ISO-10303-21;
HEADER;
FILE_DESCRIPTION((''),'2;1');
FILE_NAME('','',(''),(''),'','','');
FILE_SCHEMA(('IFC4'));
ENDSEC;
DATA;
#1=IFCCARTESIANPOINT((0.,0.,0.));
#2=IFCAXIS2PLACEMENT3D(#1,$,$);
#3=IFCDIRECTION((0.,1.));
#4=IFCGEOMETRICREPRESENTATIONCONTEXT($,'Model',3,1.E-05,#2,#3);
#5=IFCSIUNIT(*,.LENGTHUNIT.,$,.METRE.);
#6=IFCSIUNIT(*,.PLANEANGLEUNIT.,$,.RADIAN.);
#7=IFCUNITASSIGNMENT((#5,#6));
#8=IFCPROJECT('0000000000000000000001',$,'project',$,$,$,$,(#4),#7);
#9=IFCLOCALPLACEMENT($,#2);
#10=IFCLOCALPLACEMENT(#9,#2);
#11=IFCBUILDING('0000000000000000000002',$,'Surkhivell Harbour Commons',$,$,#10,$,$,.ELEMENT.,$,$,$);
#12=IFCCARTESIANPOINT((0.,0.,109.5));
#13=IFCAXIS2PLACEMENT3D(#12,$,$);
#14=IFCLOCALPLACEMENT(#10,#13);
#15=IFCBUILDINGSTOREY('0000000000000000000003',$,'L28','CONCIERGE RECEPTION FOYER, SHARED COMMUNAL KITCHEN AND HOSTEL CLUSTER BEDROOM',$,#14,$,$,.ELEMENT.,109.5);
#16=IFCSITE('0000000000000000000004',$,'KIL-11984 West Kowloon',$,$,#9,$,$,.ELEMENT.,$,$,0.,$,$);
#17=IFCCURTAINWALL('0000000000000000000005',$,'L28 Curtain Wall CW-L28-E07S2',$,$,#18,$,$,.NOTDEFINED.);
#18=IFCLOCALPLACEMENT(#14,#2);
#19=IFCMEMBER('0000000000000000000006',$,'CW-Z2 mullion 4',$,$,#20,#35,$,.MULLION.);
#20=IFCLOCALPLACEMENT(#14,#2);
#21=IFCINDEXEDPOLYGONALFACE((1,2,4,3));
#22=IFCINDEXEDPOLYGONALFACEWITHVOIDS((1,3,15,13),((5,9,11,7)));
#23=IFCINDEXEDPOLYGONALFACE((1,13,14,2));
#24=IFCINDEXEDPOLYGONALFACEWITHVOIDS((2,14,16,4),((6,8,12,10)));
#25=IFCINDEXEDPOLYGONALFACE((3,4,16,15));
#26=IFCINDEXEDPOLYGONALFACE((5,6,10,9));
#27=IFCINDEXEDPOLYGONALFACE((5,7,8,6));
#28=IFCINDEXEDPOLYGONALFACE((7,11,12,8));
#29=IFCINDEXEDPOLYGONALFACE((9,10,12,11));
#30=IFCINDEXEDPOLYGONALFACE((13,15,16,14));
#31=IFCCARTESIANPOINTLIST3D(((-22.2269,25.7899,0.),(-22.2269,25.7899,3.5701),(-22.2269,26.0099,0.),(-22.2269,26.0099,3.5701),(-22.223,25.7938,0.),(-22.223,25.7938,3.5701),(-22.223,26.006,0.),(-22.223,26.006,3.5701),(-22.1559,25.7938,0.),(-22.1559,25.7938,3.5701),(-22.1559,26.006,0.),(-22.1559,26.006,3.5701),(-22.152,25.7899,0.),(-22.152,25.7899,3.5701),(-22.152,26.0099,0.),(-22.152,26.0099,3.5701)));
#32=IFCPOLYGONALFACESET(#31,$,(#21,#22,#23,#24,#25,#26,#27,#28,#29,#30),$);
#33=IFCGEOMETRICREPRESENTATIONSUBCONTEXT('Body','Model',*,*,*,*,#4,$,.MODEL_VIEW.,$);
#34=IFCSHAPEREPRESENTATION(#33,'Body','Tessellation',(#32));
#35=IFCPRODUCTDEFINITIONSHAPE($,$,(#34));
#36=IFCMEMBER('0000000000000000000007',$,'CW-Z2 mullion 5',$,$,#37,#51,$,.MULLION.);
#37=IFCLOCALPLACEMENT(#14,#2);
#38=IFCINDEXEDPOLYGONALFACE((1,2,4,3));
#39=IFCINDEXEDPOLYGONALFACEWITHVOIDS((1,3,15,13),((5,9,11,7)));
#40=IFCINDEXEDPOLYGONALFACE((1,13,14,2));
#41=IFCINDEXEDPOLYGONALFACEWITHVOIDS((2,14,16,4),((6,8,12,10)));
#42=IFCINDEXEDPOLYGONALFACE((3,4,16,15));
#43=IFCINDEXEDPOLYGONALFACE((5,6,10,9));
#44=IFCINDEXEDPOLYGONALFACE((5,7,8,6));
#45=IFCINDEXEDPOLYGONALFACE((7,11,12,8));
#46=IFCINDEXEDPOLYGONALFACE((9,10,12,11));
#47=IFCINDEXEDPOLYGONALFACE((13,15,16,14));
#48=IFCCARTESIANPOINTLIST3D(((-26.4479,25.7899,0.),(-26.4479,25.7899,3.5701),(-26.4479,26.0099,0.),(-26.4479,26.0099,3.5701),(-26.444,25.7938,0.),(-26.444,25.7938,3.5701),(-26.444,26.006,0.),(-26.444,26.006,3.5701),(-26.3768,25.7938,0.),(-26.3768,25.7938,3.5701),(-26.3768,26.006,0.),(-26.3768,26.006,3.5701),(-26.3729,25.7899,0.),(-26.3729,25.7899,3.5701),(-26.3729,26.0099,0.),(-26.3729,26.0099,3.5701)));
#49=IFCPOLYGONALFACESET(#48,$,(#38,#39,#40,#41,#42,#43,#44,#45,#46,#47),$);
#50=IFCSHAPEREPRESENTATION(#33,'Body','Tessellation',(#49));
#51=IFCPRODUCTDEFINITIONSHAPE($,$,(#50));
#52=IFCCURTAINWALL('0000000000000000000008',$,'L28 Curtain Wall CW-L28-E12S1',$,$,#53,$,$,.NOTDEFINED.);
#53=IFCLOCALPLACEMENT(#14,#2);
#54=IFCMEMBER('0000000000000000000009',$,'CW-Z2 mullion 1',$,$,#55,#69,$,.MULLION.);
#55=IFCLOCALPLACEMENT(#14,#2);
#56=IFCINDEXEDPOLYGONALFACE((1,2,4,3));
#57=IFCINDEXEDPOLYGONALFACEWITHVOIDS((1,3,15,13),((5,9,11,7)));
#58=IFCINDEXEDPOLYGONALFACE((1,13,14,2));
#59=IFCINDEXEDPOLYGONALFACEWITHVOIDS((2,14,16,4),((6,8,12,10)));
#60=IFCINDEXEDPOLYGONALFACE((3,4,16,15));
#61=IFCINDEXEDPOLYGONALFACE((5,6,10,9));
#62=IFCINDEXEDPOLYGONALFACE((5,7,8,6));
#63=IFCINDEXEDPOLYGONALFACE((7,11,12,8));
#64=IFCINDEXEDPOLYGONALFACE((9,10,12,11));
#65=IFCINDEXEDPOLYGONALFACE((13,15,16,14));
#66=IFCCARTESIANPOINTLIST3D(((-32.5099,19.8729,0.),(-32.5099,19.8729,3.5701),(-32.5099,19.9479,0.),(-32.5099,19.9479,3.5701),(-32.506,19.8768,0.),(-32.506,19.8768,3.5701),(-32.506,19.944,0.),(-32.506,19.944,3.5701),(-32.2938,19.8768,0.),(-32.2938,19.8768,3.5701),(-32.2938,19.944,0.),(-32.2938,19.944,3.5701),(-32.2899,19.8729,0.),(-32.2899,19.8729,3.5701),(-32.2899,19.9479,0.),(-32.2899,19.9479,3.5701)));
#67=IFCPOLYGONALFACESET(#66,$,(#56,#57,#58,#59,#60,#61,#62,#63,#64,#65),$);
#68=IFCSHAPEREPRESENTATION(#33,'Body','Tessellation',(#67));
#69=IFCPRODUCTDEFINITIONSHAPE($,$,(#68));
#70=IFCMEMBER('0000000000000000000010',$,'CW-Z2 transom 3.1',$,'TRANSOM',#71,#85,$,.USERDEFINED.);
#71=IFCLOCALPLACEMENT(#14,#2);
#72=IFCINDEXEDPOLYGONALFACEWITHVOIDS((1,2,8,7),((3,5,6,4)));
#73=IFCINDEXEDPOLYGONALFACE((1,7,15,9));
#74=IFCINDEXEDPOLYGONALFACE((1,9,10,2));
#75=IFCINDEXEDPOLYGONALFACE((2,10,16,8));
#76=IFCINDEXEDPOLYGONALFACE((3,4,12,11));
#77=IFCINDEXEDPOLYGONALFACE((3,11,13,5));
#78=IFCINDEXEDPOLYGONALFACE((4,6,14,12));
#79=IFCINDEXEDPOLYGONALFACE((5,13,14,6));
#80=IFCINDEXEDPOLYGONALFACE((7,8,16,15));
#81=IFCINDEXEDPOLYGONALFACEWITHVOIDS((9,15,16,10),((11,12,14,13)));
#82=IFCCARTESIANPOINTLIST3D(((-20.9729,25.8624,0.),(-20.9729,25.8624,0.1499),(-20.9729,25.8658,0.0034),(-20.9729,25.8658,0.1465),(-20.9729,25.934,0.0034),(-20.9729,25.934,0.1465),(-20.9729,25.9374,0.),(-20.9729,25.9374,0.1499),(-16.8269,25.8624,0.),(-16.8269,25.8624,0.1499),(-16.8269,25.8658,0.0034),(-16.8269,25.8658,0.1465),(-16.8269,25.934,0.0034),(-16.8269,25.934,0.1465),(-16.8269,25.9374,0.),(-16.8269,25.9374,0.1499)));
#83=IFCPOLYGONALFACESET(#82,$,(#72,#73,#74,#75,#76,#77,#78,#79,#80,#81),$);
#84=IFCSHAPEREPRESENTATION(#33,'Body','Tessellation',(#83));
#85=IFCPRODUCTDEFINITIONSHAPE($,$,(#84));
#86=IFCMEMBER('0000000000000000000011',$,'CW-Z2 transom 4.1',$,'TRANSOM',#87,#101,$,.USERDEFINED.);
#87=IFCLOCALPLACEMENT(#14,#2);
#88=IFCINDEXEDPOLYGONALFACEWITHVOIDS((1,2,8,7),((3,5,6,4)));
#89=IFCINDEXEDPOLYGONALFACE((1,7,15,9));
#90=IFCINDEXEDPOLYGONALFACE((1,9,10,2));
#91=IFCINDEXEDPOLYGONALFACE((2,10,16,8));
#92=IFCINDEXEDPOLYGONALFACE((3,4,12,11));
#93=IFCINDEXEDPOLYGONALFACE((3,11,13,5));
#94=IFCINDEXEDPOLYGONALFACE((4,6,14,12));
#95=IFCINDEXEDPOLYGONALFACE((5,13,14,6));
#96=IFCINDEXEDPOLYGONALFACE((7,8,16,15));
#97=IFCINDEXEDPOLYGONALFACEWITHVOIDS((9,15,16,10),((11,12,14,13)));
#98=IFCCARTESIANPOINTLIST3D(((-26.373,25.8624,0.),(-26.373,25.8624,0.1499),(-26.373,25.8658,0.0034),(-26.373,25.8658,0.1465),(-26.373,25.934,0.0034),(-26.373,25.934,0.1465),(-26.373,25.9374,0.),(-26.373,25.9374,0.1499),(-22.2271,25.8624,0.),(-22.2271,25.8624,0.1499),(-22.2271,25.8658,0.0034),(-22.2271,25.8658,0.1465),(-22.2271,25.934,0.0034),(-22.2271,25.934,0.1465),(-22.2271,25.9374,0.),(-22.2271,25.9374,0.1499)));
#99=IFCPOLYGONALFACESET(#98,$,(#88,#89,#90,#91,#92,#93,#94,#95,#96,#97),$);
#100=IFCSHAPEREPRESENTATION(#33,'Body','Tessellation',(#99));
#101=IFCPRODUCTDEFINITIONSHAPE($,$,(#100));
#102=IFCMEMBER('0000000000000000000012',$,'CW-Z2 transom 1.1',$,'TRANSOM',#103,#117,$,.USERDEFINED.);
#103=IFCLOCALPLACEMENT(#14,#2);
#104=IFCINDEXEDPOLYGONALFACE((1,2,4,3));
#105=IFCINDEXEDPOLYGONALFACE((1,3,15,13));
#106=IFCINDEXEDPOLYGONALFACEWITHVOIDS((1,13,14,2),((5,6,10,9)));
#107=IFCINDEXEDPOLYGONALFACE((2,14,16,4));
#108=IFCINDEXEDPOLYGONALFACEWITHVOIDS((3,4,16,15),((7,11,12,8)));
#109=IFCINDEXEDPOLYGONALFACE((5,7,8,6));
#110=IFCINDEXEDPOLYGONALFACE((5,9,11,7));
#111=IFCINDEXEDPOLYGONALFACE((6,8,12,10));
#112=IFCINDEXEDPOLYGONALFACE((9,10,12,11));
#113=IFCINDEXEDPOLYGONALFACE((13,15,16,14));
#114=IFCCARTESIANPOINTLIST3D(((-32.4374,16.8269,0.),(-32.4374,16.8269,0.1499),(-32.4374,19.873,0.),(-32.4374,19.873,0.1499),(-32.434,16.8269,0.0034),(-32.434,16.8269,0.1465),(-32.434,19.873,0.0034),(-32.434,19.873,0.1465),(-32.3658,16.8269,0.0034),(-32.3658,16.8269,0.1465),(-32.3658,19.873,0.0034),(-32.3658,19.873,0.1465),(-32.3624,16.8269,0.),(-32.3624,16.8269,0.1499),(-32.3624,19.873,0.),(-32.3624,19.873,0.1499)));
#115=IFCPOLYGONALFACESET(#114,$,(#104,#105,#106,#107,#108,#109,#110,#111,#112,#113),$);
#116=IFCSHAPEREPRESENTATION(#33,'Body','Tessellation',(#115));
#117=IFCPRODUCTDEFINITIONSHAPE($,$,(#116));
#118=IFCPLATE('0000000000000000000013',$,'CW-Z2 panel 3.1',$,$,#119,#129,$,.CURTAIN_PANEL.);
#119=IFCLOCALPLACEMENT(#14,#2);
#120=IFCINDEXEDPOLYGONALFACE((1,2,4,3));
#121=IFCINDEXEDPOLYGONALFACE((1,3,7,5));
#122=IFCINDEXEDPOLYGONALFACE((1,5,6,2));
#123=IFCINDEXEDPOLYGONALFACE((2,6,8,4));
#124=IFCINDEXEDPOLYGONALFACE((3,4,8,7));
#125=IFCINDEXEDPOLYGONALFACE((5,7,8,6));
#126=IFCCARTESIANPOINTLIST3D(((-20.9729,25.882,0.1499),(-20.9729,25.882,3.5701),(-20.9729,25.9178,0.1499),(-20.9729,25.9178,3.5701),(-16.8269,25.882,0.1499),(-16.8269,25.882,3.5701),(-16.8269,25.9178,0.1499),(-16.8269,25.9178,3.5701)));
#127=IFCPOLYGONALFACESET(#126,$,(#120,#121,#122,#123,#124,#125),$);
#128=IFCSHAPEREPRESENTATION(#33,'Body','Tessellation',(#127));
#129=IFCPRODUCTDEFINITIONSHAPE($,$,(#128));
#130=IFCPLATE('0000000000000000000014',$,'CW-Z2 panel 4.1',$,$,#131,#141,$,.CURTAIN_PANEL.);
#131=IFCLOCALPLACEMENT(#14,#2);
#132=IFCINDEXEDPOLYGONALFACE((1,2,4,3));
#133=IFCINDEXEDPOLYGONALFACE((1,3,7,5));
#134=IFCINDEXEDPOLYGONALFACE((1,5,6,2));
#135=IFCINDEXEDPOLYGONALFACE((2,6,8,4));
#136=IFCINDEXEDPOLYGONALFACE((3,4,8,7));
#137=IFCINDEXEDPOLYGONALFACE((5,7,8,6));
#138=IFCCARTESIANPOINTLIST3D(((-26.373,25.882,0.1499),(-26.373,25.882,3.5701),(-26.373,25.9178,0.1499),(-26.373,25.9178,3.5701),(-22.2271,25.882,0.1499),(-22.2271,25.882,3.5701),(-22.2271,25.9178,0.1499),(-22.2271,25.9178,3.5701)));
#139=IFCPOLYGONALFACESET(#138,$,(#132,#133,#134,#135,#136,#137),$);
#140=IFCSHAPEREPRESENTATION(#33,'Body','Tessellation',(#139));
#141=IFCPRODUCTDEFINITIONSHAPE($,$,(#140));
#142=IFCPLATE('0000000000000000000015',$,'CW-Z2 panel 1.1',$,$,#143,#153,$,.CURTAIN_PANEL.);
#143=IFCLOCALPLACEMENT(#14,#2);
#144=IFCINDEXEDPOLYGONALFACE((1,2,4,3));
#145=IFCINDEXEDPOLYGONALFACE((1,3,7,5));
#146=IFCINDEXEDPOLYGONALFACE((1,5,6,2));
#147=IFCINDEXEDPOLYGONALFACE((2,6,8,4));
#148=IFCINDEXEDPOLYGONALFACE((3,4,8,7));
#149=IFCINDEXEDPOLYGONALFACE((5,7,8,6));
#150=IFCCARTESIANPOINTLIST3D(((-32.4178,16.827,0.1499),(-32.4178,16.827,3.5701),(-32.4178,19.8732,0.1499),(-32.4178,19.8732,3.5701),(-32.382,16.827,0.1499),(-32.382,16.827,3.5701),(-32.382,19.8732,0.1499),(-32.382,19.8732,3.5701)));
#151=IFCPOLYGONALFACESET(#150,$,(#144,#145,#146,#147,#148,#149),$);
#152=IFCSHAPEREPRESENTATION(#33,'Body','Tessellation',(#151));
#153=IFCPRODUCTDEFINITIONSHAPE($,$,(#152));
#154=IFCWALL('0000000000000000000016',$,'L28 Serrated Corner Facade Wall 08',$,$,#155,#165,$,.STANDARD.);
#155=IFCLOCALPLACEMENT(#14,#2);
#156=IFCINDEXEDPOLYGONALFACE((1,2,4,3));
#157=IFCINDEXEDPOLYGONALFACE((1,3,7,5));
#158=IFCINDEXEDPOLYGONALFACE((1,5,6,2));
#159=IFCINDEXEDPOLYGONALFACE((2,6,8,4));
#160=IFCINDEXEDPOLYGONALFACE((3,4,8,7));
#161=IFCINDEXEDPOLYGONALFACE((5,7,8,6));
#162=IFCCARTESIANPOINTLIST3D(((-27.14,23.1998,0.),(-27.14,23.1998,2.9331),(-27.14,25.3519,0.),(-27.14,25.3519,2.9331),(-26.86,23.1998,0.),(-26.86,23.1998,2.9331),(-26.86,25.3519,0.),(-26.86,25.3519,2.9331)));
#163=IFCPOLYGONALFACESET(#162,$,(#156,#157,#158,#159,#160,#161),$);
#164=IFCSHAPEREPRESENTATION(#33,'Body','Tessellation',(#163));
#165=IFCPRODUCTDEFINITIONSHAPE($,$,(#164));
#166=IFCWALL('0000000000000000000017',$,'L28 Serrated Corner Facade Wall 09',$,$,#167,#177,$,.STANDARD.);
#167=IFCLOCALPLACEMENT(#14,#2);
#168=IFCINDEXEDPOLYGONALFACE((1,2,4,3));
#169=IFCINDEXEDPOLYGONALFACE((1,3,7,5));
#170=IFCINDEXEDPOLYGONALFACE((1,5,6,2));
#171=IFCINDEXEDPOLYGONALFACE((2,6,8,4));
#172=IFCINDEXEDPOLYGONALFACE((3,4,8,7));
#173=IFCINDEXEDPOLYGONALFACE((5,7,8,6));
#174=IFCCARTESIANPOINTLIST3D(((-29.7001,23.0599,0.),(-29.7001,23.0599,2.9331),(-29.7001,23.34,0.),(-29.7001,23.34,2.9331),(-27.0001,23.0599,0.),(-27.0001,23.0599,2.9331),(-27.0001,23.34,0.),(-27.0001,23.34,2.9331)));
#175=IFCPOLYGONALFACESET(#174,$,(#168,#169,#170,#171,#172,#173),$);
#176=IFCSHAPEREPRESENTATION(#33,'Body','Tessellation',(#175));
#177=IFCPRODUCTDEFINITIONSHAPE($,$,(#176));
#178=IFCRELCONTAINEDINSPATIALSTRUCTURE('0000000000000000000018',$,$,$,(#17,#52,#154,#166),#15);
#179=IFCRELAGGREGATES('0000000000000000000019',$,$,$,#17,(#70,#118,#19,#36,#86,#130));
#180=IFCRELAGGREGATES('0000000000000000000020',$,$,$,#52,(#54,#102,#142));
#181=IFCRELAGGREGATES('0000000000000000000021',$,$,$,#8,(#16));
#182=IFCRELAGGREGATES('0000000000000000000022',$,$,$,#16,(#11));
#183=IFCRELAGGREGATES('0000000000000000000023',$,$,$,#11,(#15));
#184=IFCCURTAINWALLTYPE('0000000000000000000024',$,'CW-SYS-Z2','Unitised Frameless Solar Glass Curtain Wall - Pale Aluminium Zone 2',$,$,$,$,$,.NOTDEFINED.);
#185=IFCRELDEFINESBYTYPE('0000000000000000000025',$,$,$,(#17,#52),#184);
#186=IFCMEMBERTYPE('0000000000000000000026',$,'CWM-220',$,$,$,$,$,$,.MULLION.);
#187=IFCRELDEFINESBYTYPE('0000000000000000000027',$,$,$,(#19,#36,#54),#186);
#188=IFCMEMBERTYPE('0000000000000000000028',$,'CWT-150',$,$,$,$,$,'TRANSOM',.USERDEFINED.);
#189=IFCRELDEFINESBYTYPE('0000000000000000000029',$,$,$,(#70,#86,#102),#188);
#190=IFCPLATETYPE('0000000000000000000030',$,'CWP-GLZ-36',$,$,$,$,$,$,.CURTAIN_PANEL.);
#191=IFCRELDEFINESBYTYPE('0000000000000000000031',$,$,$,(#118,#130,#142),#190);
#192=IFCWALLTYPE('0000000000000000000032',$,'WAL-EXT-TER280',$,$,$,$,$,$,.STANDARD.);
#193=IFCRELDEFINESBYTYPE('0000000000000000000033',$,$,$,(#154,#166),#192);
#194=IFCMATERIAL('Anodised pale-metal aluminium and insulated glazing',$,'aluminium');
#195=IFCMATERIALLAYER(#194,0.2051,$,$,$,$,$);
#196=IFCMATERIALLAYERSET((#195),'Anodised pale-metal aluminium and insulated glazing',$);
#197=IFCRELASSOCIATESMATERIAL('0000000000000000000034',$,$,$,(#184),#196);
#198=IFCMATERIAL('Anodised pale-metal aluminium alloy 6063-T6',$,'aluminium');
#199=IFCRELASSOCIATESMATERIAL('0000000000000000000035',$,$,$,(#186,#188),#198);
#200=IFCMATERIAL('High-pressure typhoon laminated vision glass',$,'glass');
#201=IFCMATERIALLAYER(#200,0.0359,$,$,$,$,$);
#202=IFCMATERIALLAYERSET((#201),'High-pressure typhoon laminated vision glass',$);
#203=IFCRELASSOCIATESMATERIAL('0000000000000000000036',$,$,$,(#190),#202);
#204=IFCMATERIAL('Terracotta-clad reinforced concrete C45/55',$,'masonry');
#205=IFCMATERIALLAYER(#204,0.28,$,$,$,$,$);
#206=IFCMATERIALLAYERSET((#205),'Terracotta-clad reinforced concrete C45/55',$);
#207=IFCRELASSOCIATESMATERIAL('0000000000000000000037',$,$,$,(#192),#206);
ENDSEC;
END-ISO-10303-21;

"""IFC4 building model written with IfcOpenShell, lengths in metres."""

from ifc_helpers import new_model, si_unit, direction, frame, frame_2d, origin, origin_2d, place, context, subcontext, project, spatial, rectangle, hollow_rectangle, extrude, material, layer, layer_set, material_profile, profile_set, type_object, element, aggregate, save


model = new_model("IFC4")

# Units and contexts
model_context = context("Model", 3, precision=1e-05, world=origin(), true_north=direction((0.0, 1.0)))
body_context = subcontext(model_context, "Body", "Model", "MODEL_VIEW")
ifc_project = project(units=[si_unit("LENGTHUNIT", "METRE"), si_unit("PLANEANGLEUNIT", "RADIAN")], contexts=[model_context])

# Site, building, storey
site_placement = place(None, origin())
site = spatial("IfcSite", under=ifc_project, at=site_placement, Name="KIL-11984 West Kowloon", CompositionType="ELEMENT", RefElevation=0.0)
building_placement = place(site_placement, origin())
building = spatial("IfcBuilding", under=site, at=building_placement, Name="Surkhivell Harbour Commons", CompositionType="ELEMENT")
storey_placement = place(building_placement, frame((0.0, 0.0, 109.5)))
storey = spatial("IfcBuildingStorey", under=building, at=storey_placement, Name="L28", Description="CONCIERGE RECEPTION FOYER, SHARED COMMUNAL KITCHEN AND HOSTEL CLUSTER BEDROOM", CompositionType="ELEMENT", Elevation=109.5)

# Curtain wall, members
ifc_material_1 = material(Name="Anodised pale-metal aluminium and insulated glazing", Category="aluminium")
ifc_layer_1 = layer(ifc_material_1, 0.2051)
ifc_layer_set_1 = layer_set([ifc_layer_1], Name="Anodised pale-metal aluminium and insulated glazing")
curtain_wall_type = type_object("IfcCurtainWallType", Name="CW-SYS-Z2", Description="Unitised Frameless Solar Glass Curtain Wall - Pale Aluminium Zone 2", PredefinedType="NOTDEFINED", material=ifc_layer_set_1)
curtain_wall_1_placement = place(storey_placement, origin())
curtain_wall_1 = element("IfcCurtainWall", 1, at=curtain_wall_1_placement, inside=storey, type_object=curtain_wall_type, Name="L28 Curtain Wall CW-L28-E07S2", PredefinedType="NOTDEFINED")
ifc_material_2 = material(Name="Anodised pale-metal aluminium alloy 6063-T6", Category="aluminium")
ifc_material_profile_1 = material_profile(ifc_material_2, hollow_rectangle(XDim=0.075, YDim=0.22, WallThickness=0.0039, at=origin_2d()), Name="ALU-MULL-75x220")
ifc_profile_set_1 = profile_set([ifc_material_profile_1], Name="Anodised pale-metal aluminium alloy 6063-T6")
member_type_1 = type_object("IfcMemberType", Name="CWM-220", PredefinedType="MULLION", material=ifc_profile_set_1)
member_1_placement = place(storey_placement, frame((-22.1895, 25.8999, 0.0), z_axis=(0.0, 0.0, 1.0), x_axis=(-1.0, 0.0, 0.0)))
member_1 = element("IfcMember", 2, at=member_1_placement, type_object=member_type_1, Name="CW-Z2 mullion 4", PredefinedType="MULLION", context=body_context, shape_type="SweptSolid", body=[
    extrude(hollow_rectangle(XDim=0.075, YDim=0.22, WallThickness=0.0039, at=origin_2d()), origin(), (0.0, 0.0, 1.0), 3.5701),
])
member_2_placement = place(storey_placement, frame((-26.4104, 25.8999, 0.0), z_axis=(0.0, 0.0, 1.0), x_axis=(-1.0, 0.0, 0.0)))
member_2 = element("IfcMember", 3, at=member_2_placement, type_object=member_type_1, Name="CW-Z2 mullion 5", PredefinedType="MULLION", context=body_context, shape_type="SweptSolid", body=[
    extrude(hollow_rectangle(XDim=0.075, YDim=0.22, WallThickness=0.0039, at=origin_2d()), origin(), (0.0, 0.0, 1.0), 3.5701),
])

# Curtain wall, member
curtain_wall_2_placement = place(storey_placement, origin())
curtain_wall_2 = element("IfcCurtainWall", 4, at=curtain_wall_2_placement, inside=storey, type_object=curtain_wall_type, Name="L28 Curtain Wall CW-L28-E12S1", PredefinedType="NOTDEFINED")
member_3_placement = place(storey_placement, frame((-32.3999, 19.9104, 0.0), z_axis=(0.0, 0.0, 1.0), x_axis=(0.0, -1.0, 0.0)))
member_3 = element("IfcMember", 5, at=member_3_placement, type_object=member_type_1, Name="CW-Z2 mullion 1", PredefinedType="MULLION", context=body_context, shape_type="SweptSolid", body=[
    extrude(hollow_rectangle(XDim=0.075, YDim=0.22, WallThickness=0.0039, at=origin_2d()), origin(), (0.0, 0.0, 1.0), 3.5701),
])

# Members
ifc_material_profile_2 = material_profile(ifc_material_2, hollow_rectangle(XDim=0.075, YDim=0.1499, WallThickness=0.0034, at=origin_2d()), Name="ALU-TRAN-75x150")
ifc_profile_set_2 = profile_set([ifc_material_profile_2], Name="Anodised pale-metal aluminium alloy 6063-T6")
member_type_2 = type_object("IfcMemberType", Name="CWT-150", ElementType="TRANSOM", PredefinedType="USERDEFINED", material=ifc_profile_set_2)
member_4_placement = place(storey_placement, frame((-16.8269, 25.8999, 0.075), z_axis=(-1.0, 0.0, 0.0), x_axis=(0.0, -1.0, 0.0)))
member_4 = element("IfcMember", 6, at=member_4_placement, type_object=member_type_2, Name="CW-Z2 transom 3.1", ObjectType="TRANSOM", PredefinedType="USERDEFINED", context=body_context, shape_type="SweptSolid", body=[
    extrude(hollow_rectangle(XDim=0.075, YDim=0.1499, WallThickness=0.0034, at=origin_2d()), origin(), (0.0, 0.0, 1.0), 4.146),
])
member_5_placement = place(storey_placement, frame((-22.2271, 25.8999, 0.075), z_axis=(-1.0, 0.0, 0.0), x_axis=(0.0, -1.0, 0.0)))
member_5 = element("IfcMember", 7, at=member_5_placement, type_object=member_type_2, Name="CW-Z2 transom 4.1", ObjectType="TRANSOM", PredefinedType="USERDEFINED", context=body_context, shape_type="SweptSolid", body=[
    extrude(hollow_rectangle(XDim=0.075, YDim=0.1499, WallThickness=0.0034, at=origin_2d()), origin(), (0.0, 0.0, 1.0), 4.146),
])
member_6_placement = place(storey_placement, frame((-32.3999, 19.873, 0.075), z_axis=(0.0, -1.0, 0.0), x_axis=(1.0, 0.0, 0.0)))
member_6 = element("IfcMember", 8, at=member_6_placement, type_object=member_type_2, Name="CW-Z2 transom 1.1", ObjectType="TRANSOM", PredefinedType="USERDEFINED", context=body_context, shape_type="SweptSolid", body=[
    extrude(hollow_rectangle(XDim=0.075, YDim=0.1499, WallThickness=0.0034, at=origin_2d()), origin(), (0.0, 0.0, 1.0), 3.0461),
])

# Plates
ifc_material_3 = material(Name="High-pressure typhoon laminated vision glass", Category="glass")
ifc_layer_2 = layer(ifc_material_3, 0.0359)
ifc_layer_set_2 = layer_set([ifc_layer_2], Name="High-pressure typhoon laminated vision glass")
plate_type = type_object("IfcPlateType", Name="CWP-GLZ-36", PredefinedType="CURTAIN_PANEL", material=ifc_layer_set_2)
plate_1_placement = place(storey_placement, frame((-16.8269, 25.8999, 0.1499), z_axis=(0.0, 0.0, 1.0), x_axis=(-1.0, 0.0, 0.0)))
plate_1 = element("IfcPlate", 9, at=plate_1_placement, type_object=plate_type, Name="CW-Z2 panel 3.1", PredefinedType="CURTAIN_PANEL", context=body_context, shape_type="SweptSolid", body=[
    extrude(rectangle(XDim=4.146, YDim=0.0359, at=frame_2d((2.073, 0.0))), origin(), (0.0, 0.0, 1.0), 3.4202),
])
plate_2_placement = place(storey_placement, frame((-22.2271, 25.8999, 0.1499), z_axis=(0.0, 0.0, 1.0), x_axis=(-1.0, 0.0, 0.0)))
plate_2 = element("IfcPlate", 10, at=plate_2_placement, type_object=plate_type, Name="CW-Z2 panel 4.1", PredefinedType="CURTAIN_PANEL", context=body_context, shape_type="SweptSolid", body=[
    extrude(rectangle(XDim=4.146, YDim=0.0359, at=frame_2d((2.073, 0.0))), origin(), (0.0, 0.0, 1.0), 3.4202),
])
aggregate(curtain_wall_1, [member_4, plate_1, member_1, member_2, member_5, plate_2])
plate_3_placement = place(storey_placement, frame((-32.3999, 19.873, 0.1499), z_axis=(0.0, 0.0, 1.0), x_axis=(0.0, -1.0, 0.0)))
plate_3 = element("IfcPlate", 11, at=plate_3_placement, type_object=plate_type, Name="CW-Z2 panel 1.1", PredefinedType="CURTAIN_PANEL", context=body_context, shape_type="SweptSolid", body=[
    extrude(rectangle(XDim=3.0461, YDim=0.0359, at=frame_2d((1.5229, 0.0))), origin(), (0.0, 0.0, 1.0), 3.4202),
])
aggregate(curtain_wall_2, [member_3, member_6, plate_3])

# Walls
ifc_material_4 = material(Name="Terracotta-clad reinforced concrete C45/55", Category="masonry")
ifc_layer_3 = layer(ifc_material_4, 0.28)
ifc_layer_set_3 = layer_set([ifc_layer_3], Name="Terracotta-clad reinforced concrete C45/55")
wall_type = type_object("IfcWallType", Name="WAL-EXT-TER280", PredefinedType="STANDARD", material=ifc_layer_set_3)
wall_1_placement = place(storey_placement, frame((-27.0, 25.3521, 0.0), z_axis=(0.0, 0.0, 1.0), x_axis=(0.0, -1.0, 0.0)))
element("IfcWall", 12, at=wall_1_placement, inside=storey, type_object=wall_type, Name="L28 Serrated Corner Facade Wall 08", PredefinedType="STANDARD", context=body_context, shape_type="SweptSolid", body=[
    extrude(rectangle(XDim=2.1521, YDim=0.28, at=frame_2d((1.0762, 0.0))), origin(), (0.0, 0.0, 1.0), 2.9331),
])
wall_2_placement = place(storey_placement, frame((-27.0, 23.2, 0.0), z_axis=(0.0, 0.0, 1.0), x_axis=(-1.0, 0.0, 0.0)))
element("IfcWall", 13, at=wall_2_placement, inside=storey, type_object=wall_type, Name="L28 Serrated Corner Facade Wall 09", PredefinedType="STANDARD", context=body_context, shape_type="SweptSolid", body=[
    extrude(rectangle(XDim=2.7, YDim=0.28, at=frame_2d((1.3501, 0.0))), origin(), (0.0, 0.0, 1.0), 2.9331),
])

save(model, "model.ifc")
